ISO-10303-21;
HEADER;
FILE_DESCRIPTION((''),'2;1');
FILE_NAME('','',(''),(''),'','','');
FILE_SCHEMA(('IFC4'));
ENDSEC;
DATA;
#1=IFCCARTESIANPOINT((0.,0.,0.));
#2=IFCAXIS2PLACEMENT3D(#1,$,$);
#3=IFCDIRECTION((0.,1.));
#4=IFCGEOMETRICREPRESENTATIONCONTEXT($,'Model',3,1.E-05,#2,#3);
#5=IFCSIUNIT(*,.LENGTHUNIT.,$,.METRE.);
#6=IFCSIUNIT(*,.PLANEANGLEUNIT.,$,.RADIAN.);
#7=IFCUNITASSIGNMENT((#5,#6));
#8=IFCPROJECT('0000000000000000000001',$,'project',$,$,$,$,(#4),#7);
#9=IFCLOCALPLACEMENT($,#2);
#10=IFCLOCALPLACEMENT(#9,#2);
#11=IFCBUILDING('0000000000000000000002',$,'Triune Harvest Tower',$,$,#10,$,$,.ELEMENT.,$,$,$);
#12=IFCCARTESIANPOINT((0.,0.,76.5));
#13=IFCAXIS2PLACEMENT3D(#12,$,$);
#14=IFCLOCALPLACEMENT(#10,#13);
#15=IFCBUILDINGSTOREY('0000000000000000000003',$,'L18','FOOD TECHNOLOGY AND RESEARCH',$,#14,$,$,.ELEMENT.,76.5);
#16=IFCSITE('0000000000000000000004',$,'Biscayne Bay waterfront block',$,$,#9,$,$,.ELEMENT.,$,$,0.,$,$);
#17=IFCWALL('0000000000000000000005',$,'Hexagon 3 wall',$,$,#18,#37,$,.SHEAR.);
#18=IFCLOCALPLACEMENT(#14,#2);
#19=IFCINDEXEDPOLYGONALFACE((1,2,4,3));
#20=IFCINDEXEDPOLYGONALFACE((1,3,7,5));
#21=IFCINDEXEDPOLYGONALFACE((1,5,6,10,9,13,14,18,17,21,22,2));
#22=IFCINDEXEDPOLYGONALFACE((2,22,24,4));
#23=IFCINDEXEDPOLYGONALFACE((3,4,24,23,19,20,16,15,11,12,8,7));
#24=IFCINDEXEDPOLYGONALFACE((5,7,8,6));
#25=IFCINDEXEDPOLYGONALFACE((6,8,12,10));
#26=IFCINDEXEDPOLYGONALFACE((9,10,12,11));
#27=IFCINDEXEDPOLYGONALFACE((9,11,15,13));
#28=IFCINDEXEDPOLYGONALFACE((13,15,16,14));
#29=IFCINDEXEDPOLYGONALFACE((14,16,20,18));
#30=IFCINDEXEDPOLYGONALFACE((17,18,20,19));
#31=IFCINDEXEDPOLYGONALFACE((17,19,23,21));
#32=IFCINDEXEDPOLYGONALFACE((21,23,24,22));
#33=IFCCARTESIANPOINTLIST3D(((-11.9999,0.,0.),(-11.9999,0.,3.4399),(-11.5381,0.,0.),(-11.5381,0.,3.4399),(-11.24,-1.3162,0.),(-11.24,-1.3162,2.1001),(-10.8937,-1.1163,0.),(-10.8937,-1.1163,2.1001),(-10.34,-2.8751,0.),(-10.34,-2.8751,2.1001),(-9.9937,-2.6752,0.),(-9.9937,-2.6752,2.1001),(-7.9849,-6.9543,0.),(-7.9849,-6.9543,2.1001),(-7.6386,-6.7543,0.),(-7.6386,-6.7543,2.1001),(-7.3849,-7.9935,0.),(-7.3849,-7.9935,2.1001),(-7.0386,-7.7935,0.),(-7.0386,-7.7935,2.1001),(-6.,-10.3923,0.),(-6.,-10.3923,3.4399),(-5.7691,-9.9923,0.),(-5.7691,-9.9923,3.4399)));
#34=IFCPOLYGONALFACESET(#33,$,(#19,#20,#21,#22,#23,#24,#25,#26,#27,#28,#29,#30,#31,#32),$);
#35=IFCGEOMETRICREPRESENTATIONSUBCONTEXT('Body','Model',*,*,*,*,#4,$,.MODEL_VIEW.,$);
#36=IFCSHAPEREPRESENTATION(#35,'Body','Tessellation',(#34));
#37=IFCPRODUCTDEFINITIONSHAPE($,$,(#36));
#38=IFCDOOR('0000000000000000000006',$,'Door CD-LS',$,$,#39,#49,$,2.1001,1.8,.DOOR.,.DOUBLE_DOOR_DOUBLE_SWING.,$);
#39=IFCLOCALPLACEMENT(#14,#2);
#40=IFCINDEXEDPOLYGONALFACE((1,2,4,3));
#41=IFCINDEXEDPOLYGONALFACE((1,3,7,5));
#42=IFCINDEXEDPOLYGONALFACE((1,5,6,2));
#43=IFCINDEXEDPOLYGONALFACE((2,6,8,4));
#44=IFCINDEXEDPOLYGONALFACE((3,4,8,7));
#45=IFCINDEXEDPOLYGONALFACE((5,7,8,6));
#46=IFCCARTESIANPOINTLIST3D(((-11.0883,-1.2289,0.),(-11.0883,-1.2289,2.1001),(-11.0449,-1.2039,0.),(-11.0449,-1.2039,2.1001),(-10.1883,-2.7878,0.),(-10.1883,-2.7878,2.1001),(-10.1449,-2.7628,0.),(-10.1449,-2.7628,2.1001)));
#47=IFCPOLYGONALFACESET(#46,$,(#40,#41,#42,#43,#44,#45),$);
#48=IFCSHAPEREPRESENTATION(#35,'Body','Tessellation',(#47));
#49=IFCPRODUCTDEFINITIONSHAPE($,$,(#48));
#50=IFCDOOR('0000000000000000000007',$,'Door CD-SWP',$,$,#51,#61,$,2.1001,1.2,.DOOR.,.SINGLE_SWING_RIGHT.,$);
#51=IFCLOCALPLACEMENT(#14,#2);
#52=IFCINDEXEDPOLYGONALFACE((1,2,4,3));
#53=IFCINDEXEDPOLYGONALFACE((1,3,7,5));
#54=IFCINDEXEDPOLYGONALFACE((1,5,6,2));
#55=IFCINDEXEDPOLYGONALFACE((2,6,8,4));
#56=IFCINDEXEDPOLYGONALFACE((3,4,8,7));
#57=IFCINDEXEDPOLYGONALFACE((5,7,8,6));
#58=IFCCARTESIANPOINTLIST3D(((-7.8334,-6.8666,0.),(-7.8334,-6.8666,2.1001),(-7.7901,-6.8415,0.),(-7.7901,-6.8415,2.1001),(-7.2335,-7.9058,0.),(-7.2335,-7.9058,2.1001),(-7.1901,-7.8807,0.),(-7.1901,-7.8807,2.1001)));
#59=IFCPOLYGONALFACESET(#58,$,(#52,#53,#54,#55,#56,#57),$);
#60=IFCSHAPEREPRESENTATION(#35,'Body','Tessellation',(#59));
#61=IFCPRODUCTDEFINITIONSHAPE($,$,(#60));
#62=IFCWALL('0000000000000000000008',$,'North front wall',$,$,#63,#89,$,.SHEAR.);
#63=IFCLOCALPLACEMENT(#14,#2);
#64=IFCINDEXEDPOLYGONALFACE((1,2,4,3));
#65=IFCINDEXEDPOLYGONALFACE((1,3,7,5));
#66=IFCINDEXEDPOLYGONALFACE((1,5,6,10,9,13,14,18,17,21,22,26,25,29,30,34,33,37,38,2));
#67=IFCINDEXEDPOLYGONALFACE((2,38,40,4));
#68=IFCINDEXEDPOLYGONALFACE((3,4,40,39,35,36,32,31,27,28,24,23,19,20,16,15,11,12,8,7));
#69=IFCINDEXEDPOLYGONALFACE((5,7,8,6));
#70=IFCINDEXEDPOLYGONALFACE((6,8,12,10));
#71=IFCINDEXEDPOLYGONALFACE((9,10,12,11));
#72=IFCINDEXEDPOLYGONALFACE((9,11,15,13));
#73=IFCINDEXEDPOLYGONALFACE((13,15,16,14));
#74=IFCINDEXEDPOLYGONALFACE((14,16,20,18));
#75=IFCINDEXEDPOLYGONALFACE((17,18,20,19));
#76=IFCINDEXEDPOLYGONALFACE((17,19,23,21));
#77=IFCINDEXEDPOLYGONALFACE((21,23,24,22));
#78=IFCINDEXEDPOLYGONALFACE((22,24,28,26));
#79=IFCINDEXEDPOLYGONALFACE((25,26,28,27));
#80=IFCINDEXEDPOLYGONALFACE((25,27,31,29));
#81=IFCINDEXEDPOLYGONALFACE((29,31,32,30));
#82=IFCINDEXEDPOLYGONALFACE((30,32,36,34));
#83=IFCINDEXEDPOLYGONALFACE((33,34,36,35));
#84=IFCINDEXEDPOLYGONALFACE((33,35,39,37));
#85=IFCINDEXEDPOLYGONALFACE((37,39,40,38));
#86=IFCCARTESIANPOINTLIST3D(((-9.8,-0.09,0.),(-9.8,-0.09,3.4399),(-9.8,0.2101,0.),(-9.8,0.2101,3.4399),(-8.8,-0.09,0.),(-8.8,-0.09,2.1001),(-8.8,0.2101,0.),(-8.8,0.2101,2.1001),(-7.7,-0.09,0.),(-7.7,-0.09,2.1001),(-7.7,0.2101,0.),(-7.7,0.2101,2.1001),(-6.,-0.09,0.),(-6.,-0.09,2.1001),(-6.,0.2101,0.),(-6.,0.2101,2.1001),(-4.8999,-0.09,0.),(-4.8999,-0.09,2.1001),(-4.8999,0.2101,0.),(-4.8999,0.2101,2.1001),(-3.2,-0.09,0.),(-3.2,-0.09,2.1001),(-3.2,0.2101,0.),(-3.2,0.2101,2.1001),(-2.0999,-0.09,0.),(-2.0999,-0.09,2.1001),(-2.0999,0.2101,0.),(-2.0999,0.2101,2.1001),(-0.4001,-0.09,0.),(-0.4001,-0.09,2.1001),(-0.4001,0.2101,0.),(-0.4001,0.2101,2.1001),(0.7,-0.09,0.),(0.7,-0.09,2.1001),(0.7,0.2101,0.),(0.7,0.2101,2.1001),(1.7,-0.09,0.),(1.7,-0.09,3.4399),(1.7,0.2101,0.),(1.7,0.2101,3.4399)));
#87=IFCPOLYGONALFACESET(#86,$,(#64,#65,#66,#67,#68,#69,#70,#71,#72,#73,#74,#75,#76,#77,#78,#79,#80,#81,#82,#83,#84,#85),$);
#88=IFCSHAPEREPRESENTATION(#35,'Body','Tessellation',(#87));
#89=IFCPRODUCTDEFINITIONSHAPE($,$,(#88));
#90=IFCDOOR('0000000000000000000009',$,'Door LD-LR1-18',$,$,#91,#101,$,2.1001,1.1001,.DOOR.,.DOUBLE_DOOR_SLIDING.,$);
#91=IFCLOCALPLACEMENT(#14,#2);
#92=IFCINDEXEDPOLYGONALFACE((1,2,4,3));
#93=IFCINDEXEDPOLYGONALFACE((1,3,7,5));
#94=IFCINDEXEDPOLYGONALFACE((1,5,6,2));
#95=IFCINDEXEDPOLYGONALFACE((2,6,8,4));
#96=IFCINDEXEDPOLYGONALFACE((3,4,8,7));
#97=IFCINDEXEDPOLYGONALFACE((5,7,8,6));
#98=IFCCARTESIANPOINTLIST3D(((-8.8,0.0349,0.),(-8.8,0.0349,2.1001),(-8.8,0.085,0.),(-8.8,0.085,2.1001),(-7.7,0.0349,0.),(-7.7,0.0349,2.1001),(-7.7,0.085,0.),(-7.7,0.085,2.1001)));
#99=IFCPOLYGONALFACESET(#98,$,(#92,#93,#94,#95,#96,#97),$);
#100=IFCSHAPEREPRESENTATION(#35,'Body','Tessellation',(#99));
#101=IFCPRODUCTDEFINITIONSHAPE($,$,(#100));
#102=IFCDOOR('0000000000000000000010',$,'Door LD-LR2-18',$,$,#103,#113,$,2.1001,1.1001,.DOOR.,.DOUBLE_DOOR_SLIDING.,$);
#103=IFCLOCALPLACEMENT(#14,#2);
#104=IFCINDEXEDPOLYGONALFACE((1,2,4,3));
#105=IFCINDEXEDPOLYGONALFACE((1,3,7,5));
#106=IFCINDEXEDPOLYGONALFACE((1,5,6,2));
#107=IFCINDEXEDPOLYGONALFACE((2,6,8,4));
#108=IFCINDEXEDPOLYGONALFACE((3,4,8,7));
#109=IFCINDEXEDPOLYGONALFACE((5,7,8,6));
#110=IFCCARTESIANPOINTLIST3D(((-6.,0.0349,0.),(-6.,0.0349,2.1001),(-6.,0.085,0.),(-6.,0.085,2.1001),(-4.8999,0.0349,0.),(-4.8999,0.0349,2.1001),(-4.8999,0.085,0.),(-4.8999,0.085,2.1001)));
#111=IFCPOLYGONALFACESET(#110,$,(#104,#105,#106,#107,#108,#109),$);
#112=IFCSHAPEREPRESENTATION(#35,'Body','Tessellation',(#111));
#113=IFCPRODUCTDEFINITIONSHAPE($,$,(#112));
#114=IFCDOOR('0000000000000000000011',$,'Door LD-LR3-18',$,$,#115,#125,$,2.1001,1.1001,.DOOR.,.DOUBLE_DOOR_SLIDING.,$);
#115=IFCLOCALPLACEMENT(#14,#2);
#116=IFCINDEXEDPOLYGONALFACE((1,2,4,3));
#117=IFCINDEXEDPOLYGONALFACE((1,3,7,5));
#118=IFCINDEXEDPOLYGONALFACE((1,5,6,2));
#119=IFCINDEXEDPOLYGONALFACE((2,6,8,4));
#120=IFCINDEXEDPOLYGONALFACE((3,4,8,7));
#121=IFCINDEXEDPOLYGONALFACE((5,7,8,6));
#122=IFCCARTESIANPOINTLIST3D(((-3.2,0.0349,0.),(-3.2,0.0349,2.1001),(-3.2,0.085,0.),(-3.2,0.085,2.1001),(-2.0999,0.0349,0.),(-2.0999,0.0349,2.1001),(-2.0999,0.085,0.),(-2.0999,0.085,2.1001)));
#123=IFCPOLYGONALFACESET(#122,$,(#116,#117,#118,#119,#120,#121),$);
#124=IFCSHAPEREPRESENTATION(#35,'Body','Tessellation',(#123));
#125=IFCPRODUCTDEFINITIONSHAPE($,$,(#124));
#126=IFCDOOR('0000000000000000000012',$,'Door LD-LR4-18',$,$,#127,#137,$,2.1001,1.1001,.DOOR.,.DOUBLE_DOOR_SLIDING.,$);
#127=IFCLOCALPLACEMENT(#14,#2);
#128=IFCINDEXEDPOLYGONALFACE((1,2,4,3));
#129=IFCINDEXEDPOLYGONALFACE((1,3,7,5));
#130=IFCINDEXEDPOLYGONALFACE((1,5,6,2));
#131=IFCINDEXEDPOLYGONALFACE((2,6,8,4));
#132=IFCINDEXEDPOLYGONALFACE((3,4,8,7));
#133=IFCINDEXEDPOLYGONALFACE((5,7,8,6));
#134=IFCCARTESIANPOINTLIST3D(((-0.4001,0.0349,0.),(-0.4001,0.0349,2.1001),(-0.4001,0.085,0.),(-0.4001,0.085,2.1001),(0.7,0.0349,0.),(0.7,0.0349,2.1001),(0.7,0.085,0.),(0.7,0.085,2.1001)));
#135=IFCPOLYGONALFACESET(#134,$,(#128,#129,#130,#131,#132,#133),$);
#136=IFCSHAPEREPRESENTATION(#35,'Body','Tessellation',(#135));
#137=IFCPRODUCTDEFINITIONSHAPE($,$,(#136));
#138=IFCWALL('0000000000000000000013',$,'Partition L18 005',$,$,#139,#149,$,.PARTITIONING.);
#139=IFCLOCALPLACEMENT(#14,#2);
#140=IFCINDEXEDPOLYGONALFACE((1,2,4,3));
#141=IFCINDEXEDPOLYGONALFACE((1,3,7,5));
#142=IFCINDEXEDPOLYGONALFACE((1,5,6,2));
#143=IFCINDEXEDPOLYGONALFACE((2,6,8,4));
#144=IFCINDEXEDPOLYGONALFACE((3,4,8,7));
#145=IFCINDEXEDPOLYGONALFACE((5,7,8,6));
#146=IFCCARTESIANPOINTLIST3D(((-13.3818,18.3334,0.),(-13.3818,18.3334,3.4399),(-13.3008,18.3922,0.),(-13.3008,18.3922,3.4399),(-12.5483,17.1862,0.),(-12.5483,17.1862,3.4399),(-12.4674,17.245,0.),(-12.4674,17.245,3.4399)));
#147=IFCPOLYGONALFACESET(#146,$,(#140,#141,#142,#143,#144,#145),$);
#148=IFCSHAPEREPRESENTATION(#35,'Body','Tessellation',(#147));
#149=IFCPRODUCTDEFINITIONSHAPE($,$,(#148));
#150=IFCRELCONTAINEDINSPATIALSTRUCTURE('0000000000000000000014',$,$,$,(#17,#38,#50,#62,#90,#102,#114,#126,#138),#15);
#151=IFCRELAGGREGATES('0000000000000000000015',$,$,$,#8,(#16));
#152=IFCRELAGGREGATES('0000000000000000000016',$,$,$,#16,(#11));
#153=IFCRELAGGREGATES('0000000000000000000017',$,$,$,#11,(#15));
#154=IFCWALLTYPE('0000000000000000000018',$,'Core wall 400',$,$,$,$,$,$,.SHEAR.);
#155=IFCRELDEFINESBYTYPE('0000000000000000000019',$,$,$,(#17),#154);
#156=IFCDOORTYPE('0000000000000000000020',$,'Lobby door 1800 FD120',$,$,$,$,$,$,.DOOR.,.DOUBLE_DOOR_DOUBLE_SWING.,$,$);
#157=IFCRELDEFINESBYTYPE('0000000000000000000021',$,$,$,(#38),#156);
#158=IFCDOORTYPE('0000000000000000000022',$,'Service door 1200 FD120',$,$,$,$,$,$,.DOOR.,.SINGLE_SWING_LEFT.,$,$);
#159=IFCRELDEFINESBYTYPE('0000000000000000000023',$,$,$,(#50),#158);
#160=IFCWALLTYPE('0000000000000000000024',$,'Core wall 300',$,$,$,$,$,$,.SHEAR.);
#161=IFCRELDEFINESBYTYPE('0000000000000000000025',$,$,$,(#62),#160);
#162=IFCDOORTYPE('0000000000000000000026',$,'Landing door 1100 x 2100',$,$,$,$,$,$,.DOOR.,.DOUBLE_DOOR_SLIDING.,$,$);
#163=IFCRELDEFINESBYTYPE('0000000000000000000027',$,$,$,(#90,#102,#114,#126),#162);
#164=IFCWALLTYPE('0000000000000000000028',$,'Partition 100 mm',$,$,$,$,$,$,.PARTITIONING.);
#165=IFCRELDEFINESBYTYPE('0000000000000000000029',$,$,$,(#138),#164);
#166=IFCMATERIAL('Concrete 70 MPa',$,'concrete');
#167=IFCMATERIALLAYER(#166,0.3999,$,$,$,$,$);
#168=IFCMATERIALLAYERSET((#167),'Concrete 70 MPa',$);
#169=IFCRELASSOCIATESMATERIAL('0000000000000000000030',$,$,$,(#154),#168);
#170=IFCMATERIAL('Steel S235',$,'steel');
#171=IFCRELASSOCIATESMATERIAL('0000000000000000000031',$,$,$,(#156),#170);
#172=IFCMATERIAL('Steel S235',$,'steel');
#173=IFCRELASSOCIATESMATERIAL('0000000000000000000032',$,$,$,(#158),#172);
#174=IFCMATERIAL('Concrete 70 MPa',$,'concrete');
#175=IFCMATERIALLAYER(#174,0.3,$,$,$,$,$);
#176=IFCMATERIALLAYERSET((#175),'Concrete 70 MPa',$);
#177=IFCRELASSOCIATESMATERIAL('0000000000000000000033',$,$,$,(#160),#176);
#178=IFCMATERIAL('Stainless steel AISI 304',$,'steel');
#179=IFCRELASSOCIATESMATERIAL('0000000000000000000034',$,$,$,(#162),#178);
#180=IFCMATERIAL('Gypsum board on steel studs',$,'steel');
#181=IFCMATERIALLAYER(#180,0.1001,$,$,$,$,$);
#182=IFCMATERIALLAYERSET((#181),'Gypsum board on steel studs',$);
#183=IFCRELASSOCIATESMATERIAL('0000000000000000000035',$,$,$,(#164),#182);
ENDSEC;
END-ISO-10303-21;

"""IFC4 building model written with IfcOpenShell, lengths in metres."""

from ifc_helpers import new_model, si_unit, direction, frame, frame_2d, origin, place, context, subcontext, project, spatial, polyline, rectangle, outline, extrude, source, transform, mapped, material, layer, layer_set, type_object, element, fill, save


model = new_model("IFC4")

# Units and contexts
model_context = context("Model", 3, precision=1e-05, world=origin(), true_north=direction((0.0, 1.0)))
body_context = subcontext(model_context, "Body", "Model", "MODEL_VIEW")
ifc_project = project(units=[si_unit("LENGTHUNIT", "METRE"), si_unit("PLANEANGLEUNIT", "RADIAN")], contexts=[model_context])

# Site, building, storey
site_placement = place(None, origin())
site = spatial("IfcSite", under=ifc_project, at=site_placement, Name="Biscayne Bay waterfront block", CompositionType="ELEMENT", RefElevation=0.0)
building_placement = place(site_placement, origin())
building = spatial("IfcBuilding", under=site, at=building_placement, Name="Triune Harvest Tower", CompositionType="ELEMENT")
storey_placement = place(building_placement, frame((0.0, 0.0, 76.5)))
storey = spatial("IfcBuildingStorey", under=building, at=storey_placement, Name="L18", Description="FOOD TECHNOLOGY AND RESEARCH", CompositionType="ELEMENT", Elevation=76.5)

# Walls, openings, doors
ifc_material_1 = material(Name="Concrete 70 MPa", Category="concrete")
ifc_layer_1 = layer(ifc_material_1, 0.3999)
ifc_layer_set_1 = layer_set([ifc_layer_1], Name="Concrete 70 MPa")
wall_type_1 = type_object("IfcWallType", Name="Core wall 400", PredefinedType="SHEAR", material=ifc_layer_set_1)
shared_shape_1 = source(origin(), body_context, "Body", "SweptSolid", [
    extrude(outline(polyline([(-0.1155, -0.2), (11.8845, -0.2), (11.6536, 0.2), (0.1155, 0.2), (-0.1155, -0.2)])), origin(), (0.0, 0.0, 1.0), 3.4399),
])
wall_1_placement = place(storey_placement, frame((-11.769, 0.0, 0.0), z_axis=(0.0, 0.0, 1.0), x_axis=(0.499997, -0.866027, 0.0)))
wall_1 = element("IfcWall", 1, at=wall_1_placement, inside=storey, type_object=wall_type_1, Name="Hexagon 3 wall", PredefinedType="SHEAR", context=body_context, shape_type="MappedRepresentation", body=[
    mapped(shared_shape_1, transform((0.0, 0.0, 0.0), scale=1.0)),
])
opening_1_placement = place(wall_1_placement, frame((1.4045, 0.0, 0.0)))
opening_1 = element("IfcOpeningElement", 2, at=opening_1_placement, cuts=wall_1, PredefinedType="OPENING", context=body_context, shape_type="SweptSolid", body=[
    extrude(rectangle(XDim=1.8, YDim=2.1001, at=frame_2d((0.8999, 1.05))), frame((0.0, 0.21, 0.0), z_axis=(0.0, -1.0, 0.0), x_axis=(1.0, 0.0, 0.0)), (0.0, 0.0, 1.0), 0.4199),
])
opening_2_placement = place(wall_1_placement, frame((7.9146, 0.0, 0.0)))
opening_2 = element("IfcOpeningElement", 3, at=opening_2_placement, cuts=wall_1, PredefinedType="OPENING", context=body_context, shape_type="SweptSolid", body=[
    extrude(rectangle(XDim=1.2, YDim=2.1001, at=frame_2d((0.6001, 1.05))), frame((0.0, 0.21, 0.0), z_axis=(0.0, -1.0, 0.0), x_axis=(1.0, 0.0, 0.0)), (0.0, 0.0, 1.0), 0.4199),
])
ifc_material_2 = material(Name="Steel S235", Category="steel")
door_type_1 = type_object("IfcDoorType", Name="Lobby door 1800 FD120", OperationType="DOUBLE_DOOR_DOUBLE_SWING", PredefinedType="DOOR", material=ifc_material_2)
door_1_placement = place(opening_1_placement, frame((1.8, 0.0, 0.0), z_axis=(0.0, 0.0, 1.0), x_axis=(-1.0, 0.0, 0.0)))
door_1 = element("IfcDoor", 4, at=door_1_placement, inside=storey, type_object=door_type_1, Name="Door CD-LS", OperationType="DOUBLE_DOOR_DOUBLE_SWING", OverallHeight=2.1001, OverallWidth=1.8, PredefinedType="DOOR", context=body_context, shape_type="SweptSolid", body=[
    extrude(rectangle(XDim=1.8, YDim=2.1001, at=frame_2d((0.8999, 1.05))), frame((0.0, 0.0249, 0.0), z_axis=(0.0, -1.0, 0.0), x_axis=(1.0, 0.0, 0.0)), (0.0, 0.0, 1.0), 0.05),
])
fill(opening_1, door_1)
ifc_material_3 = material(Name="Steel S235", Category="steel")
door_type_2 = type_object("IfcDoorType", Name="Service door 1200 FD120", OperationType="SINGLE_SWING_LEFT", PredefinedType="DOOR", material=ifc_material_3)
door_2_placement = place(opening_2_placement, frame((1.2, 0.0, 0.0), z_axis=(0.0, 0.0, 1.0), x_axis=(-1.0, 0.0, 0.0)))
door_2 = element("IfcDoor", 5, at=door_2_placement, inside=storey, type_object=door_type_2, Name="Door CD-SWP", OperationType="SINGLE_SWING_RIGHT", OverallHeight=2.1001, OverallWidth=1.2, PredefinedType="DOOR", context=body_context, shape_type="SweptSolid", body=[
    extrude(rectangle(XDim=1.2, YDim=2.1001, at=frame_2d((0.6001, 1.05))), frame((0.0, 0.0249, 0.0), z_axis=(0.0, -1.0, 0.0), x_axis=(1.0, 0.0, 0.0)), (0.0, 0.0, 1.0), 0.05),
])
fill(opening_2, door_2)
ifc_material_4 = material(Name="Concrete 70 MPa", Category="concrete")
ifc_layer_2 = layer(ifc_material_4, 0.3)
ifc_layer_set_2 = layer_set([ifc_layer_2], Name="Concrete 70 MPa")
wall_type_2 = type_object("IfcWallType", Name="Core wall 300", PredefinedType="SHEAR", material=ifc_layer_set_2)
shared_shape_2 = source(origin(), body_context, "Body", "SweptSolid", [
    extrude(rectangle(XDim=11.5, YDim=0.3, at=frame_2d((5.75, 0.0))), origin(), (0.0, 0.0, 1.0), 3.4399),
])
wall_2_placement = place(storey_placement, frame((-9.8, 0.0601, 0.0), z_axis=(0.0, 0.0, 1.0), x_axis=(1.0, 0.0, 0.0)))
wall_2 = element("IfcWall", 6, at=wall_2_placement, inside=storey, type_object=wall_type_2, Name="North front wall", PredefinedType="SHEAR", context=body_context, shape_type="MappedRepresentation", body=[
    mapped(shared_shape_2, transform((0.0, 0.0, 0.0), scale=1.0)),
])
opening_3_placement = place(wall_2_placement, frame((1.0, 0.0, 0.0)))
opening_3 = element("IfcOpeningElement", 7, at=opening_3_placement, cuts=wall_2, PredefinedType="OPENING", context=body_context, shape_type="SweptSolid", body=[
    extrude(rectangle(XDim=1.1001, YDim=2.1001, at=frame_2d((0.55, 1.05))), frame((0.0, 0.1602, 0.0), z_axis=(0.0, -1.0, 0.0), x_axis=(1.0, 0.0, 0.0)), (0.0, 0.0, 1.0), 0.3201),
])
opening_4_placement = place(wall_2_placement, frame((3.8, 0.0, 0.0)))
opening_4 = element("IfcOpeningElement", 8, at=opening_4_placement, cuts=wall_2, PredefinedType="OPENING", context=body_context, shape_type="SweptSolid", body=[
    extrude(rectangle(XDim=1.1001, YDim=2.1001, at=frame_2d((0.55, 1.05))), frame((0.0, 0.1602, 0.0), z_axis=(0.0, -1.0, 0.0), x_axis=(1.0, 0.0, 0.0)), (0.0, 0.0, 1.0), 0.3201),
])
opening_5_placement = place(wall_2_placement, frame((6.6001, 0.0, 0.0)))
opening_5 = element("IfcOpeningElement", 9, at=opening_5_placement, cuts=wall_2, PredefinedType="OPENING", context=body_context, shape_type="SweptSolid", body=[
    extrude(rectangle(XDim=1.1001, YDim=2.1001, at=frame_2d((0.55, 1.05))), frame((0.0, 0.1602, 0.0), z_axis=(0.0, -1.0, 0.0), x_axis=(1.0, 0.0, 0.0)), (0.0, 0.0, 1.0), 0.3201),
])
opening_6_placement = place(wall_2_placement, frame((9.3999, 0.0, 0.0)))
opening_6 = element("IfcOpeningElement", 10, at=opening_6_placement, cuts=wall_2, PredefinedType="OPENING", context=body_context, shape_type="SweptSolid", body=[
    extrude(rectangle(XDim=1.1001, YDim=2.1001, at=frame_2d((0.55, 1.05))), frame((0.0, 0.1602, 0.0), z_axis=(0.0, -1.0, 0.0), x_axis=(1.0, 0.0, 0.0)), (0.0, 0.0, 1.0), 0.3201),
])
ifc_material_5 = material(Name="Stainless steel AISI 304", Category="steel")
door_type_3 = type_object("IfcDoorType", Name="Landing door 1100 x 2100", OperationType="DOUBLE_DOOR_SLIDING", PredefinedType="DOOR", material=ifc_material_5)
door_3_placement = place(opening_3_placement, origin())
door_3 = element("IfcDoor", 11, at=door_3_placement, inside=storey, type_object=door_type_3, Name="Door LD-LR1-18", OperationType="DOUBLE_DOOR_SLIDING", OverallHeight=2.1001, OverallWidth=1.1001, PredefinedType="DOOR", context=body_context, shape_type="SweptSolid", body=[
    extrude(rectangle(XDim=1.1001, YDim=2.1001, at=frame_2d((0.55, 1.05))), frame((0.0, 0.0249, 0.0), z_axis=(0.0, -1.0, 0.0), x_axis=(1.0, 0.0, 0.0)), (0.0, 0.0, 1.0), 0.05),
])
fill(opening_3, door_3)
door_4_placement = place(opening_4_placement, origin())
door_4 = element("IfcDoor", 12, at=door_4_placement, inside=storey, type_object=door_type_3, Name="Door LD-LR2-18", OperationType="DOUBLE_DOOR_SLIDING", OverallHeight=2.1001, OverallWidth=1.1001, PredefinedType="DOOR", context=body_context, shape_type="SweptSolid", body=[
    extrude(rectangle(XDim=1.1001, YDim=2.1001, at=frame_2d((0.55, 1.05))), frame((0.0, 0.0249, 0.0), z_axis=(0.0, -1.0, 0.0), x_axis=(1.0, 0.0, 0.0)), (0.0, 0.0, 1.0), 0.05),
])
fill(opening_4, door_4)
door_5_placement = place(opening_5_placement, origin())
door_5 = element("IfcDoor", 13, at=door_5_placement, inside=storey, type_object=door_type_3, Name="Door LD-LR3-18", OperationType="DOUBLE_DOOR_SLIDING", OverallHeight=2.1001, OverallWidth=1.1001, PredefinedType="DOOR", context=body_context, shape_type="SweptSolid", body=[
    extrude(rectangle(XDim=1.1001, YDim=2.1001, at=frame_2d((0.55, 1.05))), frame((0.0, 0.0249, 0.0), z_axis=(0.0, -1.0, 0.0), x_axis=(1.0, 0.0, 0.0)), (0.0, 0.0, 1.0), 0.05),
])
fill(opening_5, door_5)
door_6_placement = place(opening_6_placement, origin())
door_6 = element("IfcDoor", 14, at=door_6_placement, inside=storey, type_object=door_type_3, Name="Door LD-LR4-18", OperationType="DOUBLE_DOOR_SLIDING", OverallHeight=2.1001, OverallWidth=1.1001, PredefinedType="DOOR", context=body_context, shape_type="SweptSolid", body=[
    extrude(rectangle(XDim=1.1001, YDim=2.1001, at=frame_2d((0.55, 1.05))), frame((0.0, 0.0249, 0.0), z_axis=(0.0, -1.0, 0.0), x_axis=(1.0, 0.0, 0.0)), (0.0, 0.0, 1.0), 0.05),
])
fill(opening_6, door_6)

# Wall
ifc_material_6 = material(Name="Gypsum board on steel studs", Category="steel")
ifc_layer_3 = layer(ifc_material_6, 0.1001)
ifc_layer_set_3 = layer_set([ifc_layer_3], Name="Gypsum board on steel studs")
wall_type_3 = type_object("IfcWallType", Name="Partition 100 mm", PredefinedType="PARTITIONING", material=ifc_layer_set_3)
shared_shape_3 = source(origin(), body_context, "Body", "SweptSolid", [
    extrude(rectangle(XDim=1.418, YDim=0.1001, at=frame_2d((0.709, 0.0))), origin(), (0.0, 0.0, 1.0), 3.4399),
])
wall_3_placement = place(storey_placement, frame((-13.3413, 18.3628, 0.0), z_axis=(0.0, 0.0, 1.0), x_axis=(0.587783, -0.809019, 0.0)))
element("IfcWall", 15, at=wall_3_placement, inside=storey, type_object=wall_type_3, Name="Partition L18 005", PredefinedType="PARTITIONING", context=body_context, shape_type="MappedRepresentation", body=[
    mapped(shared_shape_3, transform((0.0, 0.0, 0.0), scale=1.0)),
])

save(model, "model.ifc")
